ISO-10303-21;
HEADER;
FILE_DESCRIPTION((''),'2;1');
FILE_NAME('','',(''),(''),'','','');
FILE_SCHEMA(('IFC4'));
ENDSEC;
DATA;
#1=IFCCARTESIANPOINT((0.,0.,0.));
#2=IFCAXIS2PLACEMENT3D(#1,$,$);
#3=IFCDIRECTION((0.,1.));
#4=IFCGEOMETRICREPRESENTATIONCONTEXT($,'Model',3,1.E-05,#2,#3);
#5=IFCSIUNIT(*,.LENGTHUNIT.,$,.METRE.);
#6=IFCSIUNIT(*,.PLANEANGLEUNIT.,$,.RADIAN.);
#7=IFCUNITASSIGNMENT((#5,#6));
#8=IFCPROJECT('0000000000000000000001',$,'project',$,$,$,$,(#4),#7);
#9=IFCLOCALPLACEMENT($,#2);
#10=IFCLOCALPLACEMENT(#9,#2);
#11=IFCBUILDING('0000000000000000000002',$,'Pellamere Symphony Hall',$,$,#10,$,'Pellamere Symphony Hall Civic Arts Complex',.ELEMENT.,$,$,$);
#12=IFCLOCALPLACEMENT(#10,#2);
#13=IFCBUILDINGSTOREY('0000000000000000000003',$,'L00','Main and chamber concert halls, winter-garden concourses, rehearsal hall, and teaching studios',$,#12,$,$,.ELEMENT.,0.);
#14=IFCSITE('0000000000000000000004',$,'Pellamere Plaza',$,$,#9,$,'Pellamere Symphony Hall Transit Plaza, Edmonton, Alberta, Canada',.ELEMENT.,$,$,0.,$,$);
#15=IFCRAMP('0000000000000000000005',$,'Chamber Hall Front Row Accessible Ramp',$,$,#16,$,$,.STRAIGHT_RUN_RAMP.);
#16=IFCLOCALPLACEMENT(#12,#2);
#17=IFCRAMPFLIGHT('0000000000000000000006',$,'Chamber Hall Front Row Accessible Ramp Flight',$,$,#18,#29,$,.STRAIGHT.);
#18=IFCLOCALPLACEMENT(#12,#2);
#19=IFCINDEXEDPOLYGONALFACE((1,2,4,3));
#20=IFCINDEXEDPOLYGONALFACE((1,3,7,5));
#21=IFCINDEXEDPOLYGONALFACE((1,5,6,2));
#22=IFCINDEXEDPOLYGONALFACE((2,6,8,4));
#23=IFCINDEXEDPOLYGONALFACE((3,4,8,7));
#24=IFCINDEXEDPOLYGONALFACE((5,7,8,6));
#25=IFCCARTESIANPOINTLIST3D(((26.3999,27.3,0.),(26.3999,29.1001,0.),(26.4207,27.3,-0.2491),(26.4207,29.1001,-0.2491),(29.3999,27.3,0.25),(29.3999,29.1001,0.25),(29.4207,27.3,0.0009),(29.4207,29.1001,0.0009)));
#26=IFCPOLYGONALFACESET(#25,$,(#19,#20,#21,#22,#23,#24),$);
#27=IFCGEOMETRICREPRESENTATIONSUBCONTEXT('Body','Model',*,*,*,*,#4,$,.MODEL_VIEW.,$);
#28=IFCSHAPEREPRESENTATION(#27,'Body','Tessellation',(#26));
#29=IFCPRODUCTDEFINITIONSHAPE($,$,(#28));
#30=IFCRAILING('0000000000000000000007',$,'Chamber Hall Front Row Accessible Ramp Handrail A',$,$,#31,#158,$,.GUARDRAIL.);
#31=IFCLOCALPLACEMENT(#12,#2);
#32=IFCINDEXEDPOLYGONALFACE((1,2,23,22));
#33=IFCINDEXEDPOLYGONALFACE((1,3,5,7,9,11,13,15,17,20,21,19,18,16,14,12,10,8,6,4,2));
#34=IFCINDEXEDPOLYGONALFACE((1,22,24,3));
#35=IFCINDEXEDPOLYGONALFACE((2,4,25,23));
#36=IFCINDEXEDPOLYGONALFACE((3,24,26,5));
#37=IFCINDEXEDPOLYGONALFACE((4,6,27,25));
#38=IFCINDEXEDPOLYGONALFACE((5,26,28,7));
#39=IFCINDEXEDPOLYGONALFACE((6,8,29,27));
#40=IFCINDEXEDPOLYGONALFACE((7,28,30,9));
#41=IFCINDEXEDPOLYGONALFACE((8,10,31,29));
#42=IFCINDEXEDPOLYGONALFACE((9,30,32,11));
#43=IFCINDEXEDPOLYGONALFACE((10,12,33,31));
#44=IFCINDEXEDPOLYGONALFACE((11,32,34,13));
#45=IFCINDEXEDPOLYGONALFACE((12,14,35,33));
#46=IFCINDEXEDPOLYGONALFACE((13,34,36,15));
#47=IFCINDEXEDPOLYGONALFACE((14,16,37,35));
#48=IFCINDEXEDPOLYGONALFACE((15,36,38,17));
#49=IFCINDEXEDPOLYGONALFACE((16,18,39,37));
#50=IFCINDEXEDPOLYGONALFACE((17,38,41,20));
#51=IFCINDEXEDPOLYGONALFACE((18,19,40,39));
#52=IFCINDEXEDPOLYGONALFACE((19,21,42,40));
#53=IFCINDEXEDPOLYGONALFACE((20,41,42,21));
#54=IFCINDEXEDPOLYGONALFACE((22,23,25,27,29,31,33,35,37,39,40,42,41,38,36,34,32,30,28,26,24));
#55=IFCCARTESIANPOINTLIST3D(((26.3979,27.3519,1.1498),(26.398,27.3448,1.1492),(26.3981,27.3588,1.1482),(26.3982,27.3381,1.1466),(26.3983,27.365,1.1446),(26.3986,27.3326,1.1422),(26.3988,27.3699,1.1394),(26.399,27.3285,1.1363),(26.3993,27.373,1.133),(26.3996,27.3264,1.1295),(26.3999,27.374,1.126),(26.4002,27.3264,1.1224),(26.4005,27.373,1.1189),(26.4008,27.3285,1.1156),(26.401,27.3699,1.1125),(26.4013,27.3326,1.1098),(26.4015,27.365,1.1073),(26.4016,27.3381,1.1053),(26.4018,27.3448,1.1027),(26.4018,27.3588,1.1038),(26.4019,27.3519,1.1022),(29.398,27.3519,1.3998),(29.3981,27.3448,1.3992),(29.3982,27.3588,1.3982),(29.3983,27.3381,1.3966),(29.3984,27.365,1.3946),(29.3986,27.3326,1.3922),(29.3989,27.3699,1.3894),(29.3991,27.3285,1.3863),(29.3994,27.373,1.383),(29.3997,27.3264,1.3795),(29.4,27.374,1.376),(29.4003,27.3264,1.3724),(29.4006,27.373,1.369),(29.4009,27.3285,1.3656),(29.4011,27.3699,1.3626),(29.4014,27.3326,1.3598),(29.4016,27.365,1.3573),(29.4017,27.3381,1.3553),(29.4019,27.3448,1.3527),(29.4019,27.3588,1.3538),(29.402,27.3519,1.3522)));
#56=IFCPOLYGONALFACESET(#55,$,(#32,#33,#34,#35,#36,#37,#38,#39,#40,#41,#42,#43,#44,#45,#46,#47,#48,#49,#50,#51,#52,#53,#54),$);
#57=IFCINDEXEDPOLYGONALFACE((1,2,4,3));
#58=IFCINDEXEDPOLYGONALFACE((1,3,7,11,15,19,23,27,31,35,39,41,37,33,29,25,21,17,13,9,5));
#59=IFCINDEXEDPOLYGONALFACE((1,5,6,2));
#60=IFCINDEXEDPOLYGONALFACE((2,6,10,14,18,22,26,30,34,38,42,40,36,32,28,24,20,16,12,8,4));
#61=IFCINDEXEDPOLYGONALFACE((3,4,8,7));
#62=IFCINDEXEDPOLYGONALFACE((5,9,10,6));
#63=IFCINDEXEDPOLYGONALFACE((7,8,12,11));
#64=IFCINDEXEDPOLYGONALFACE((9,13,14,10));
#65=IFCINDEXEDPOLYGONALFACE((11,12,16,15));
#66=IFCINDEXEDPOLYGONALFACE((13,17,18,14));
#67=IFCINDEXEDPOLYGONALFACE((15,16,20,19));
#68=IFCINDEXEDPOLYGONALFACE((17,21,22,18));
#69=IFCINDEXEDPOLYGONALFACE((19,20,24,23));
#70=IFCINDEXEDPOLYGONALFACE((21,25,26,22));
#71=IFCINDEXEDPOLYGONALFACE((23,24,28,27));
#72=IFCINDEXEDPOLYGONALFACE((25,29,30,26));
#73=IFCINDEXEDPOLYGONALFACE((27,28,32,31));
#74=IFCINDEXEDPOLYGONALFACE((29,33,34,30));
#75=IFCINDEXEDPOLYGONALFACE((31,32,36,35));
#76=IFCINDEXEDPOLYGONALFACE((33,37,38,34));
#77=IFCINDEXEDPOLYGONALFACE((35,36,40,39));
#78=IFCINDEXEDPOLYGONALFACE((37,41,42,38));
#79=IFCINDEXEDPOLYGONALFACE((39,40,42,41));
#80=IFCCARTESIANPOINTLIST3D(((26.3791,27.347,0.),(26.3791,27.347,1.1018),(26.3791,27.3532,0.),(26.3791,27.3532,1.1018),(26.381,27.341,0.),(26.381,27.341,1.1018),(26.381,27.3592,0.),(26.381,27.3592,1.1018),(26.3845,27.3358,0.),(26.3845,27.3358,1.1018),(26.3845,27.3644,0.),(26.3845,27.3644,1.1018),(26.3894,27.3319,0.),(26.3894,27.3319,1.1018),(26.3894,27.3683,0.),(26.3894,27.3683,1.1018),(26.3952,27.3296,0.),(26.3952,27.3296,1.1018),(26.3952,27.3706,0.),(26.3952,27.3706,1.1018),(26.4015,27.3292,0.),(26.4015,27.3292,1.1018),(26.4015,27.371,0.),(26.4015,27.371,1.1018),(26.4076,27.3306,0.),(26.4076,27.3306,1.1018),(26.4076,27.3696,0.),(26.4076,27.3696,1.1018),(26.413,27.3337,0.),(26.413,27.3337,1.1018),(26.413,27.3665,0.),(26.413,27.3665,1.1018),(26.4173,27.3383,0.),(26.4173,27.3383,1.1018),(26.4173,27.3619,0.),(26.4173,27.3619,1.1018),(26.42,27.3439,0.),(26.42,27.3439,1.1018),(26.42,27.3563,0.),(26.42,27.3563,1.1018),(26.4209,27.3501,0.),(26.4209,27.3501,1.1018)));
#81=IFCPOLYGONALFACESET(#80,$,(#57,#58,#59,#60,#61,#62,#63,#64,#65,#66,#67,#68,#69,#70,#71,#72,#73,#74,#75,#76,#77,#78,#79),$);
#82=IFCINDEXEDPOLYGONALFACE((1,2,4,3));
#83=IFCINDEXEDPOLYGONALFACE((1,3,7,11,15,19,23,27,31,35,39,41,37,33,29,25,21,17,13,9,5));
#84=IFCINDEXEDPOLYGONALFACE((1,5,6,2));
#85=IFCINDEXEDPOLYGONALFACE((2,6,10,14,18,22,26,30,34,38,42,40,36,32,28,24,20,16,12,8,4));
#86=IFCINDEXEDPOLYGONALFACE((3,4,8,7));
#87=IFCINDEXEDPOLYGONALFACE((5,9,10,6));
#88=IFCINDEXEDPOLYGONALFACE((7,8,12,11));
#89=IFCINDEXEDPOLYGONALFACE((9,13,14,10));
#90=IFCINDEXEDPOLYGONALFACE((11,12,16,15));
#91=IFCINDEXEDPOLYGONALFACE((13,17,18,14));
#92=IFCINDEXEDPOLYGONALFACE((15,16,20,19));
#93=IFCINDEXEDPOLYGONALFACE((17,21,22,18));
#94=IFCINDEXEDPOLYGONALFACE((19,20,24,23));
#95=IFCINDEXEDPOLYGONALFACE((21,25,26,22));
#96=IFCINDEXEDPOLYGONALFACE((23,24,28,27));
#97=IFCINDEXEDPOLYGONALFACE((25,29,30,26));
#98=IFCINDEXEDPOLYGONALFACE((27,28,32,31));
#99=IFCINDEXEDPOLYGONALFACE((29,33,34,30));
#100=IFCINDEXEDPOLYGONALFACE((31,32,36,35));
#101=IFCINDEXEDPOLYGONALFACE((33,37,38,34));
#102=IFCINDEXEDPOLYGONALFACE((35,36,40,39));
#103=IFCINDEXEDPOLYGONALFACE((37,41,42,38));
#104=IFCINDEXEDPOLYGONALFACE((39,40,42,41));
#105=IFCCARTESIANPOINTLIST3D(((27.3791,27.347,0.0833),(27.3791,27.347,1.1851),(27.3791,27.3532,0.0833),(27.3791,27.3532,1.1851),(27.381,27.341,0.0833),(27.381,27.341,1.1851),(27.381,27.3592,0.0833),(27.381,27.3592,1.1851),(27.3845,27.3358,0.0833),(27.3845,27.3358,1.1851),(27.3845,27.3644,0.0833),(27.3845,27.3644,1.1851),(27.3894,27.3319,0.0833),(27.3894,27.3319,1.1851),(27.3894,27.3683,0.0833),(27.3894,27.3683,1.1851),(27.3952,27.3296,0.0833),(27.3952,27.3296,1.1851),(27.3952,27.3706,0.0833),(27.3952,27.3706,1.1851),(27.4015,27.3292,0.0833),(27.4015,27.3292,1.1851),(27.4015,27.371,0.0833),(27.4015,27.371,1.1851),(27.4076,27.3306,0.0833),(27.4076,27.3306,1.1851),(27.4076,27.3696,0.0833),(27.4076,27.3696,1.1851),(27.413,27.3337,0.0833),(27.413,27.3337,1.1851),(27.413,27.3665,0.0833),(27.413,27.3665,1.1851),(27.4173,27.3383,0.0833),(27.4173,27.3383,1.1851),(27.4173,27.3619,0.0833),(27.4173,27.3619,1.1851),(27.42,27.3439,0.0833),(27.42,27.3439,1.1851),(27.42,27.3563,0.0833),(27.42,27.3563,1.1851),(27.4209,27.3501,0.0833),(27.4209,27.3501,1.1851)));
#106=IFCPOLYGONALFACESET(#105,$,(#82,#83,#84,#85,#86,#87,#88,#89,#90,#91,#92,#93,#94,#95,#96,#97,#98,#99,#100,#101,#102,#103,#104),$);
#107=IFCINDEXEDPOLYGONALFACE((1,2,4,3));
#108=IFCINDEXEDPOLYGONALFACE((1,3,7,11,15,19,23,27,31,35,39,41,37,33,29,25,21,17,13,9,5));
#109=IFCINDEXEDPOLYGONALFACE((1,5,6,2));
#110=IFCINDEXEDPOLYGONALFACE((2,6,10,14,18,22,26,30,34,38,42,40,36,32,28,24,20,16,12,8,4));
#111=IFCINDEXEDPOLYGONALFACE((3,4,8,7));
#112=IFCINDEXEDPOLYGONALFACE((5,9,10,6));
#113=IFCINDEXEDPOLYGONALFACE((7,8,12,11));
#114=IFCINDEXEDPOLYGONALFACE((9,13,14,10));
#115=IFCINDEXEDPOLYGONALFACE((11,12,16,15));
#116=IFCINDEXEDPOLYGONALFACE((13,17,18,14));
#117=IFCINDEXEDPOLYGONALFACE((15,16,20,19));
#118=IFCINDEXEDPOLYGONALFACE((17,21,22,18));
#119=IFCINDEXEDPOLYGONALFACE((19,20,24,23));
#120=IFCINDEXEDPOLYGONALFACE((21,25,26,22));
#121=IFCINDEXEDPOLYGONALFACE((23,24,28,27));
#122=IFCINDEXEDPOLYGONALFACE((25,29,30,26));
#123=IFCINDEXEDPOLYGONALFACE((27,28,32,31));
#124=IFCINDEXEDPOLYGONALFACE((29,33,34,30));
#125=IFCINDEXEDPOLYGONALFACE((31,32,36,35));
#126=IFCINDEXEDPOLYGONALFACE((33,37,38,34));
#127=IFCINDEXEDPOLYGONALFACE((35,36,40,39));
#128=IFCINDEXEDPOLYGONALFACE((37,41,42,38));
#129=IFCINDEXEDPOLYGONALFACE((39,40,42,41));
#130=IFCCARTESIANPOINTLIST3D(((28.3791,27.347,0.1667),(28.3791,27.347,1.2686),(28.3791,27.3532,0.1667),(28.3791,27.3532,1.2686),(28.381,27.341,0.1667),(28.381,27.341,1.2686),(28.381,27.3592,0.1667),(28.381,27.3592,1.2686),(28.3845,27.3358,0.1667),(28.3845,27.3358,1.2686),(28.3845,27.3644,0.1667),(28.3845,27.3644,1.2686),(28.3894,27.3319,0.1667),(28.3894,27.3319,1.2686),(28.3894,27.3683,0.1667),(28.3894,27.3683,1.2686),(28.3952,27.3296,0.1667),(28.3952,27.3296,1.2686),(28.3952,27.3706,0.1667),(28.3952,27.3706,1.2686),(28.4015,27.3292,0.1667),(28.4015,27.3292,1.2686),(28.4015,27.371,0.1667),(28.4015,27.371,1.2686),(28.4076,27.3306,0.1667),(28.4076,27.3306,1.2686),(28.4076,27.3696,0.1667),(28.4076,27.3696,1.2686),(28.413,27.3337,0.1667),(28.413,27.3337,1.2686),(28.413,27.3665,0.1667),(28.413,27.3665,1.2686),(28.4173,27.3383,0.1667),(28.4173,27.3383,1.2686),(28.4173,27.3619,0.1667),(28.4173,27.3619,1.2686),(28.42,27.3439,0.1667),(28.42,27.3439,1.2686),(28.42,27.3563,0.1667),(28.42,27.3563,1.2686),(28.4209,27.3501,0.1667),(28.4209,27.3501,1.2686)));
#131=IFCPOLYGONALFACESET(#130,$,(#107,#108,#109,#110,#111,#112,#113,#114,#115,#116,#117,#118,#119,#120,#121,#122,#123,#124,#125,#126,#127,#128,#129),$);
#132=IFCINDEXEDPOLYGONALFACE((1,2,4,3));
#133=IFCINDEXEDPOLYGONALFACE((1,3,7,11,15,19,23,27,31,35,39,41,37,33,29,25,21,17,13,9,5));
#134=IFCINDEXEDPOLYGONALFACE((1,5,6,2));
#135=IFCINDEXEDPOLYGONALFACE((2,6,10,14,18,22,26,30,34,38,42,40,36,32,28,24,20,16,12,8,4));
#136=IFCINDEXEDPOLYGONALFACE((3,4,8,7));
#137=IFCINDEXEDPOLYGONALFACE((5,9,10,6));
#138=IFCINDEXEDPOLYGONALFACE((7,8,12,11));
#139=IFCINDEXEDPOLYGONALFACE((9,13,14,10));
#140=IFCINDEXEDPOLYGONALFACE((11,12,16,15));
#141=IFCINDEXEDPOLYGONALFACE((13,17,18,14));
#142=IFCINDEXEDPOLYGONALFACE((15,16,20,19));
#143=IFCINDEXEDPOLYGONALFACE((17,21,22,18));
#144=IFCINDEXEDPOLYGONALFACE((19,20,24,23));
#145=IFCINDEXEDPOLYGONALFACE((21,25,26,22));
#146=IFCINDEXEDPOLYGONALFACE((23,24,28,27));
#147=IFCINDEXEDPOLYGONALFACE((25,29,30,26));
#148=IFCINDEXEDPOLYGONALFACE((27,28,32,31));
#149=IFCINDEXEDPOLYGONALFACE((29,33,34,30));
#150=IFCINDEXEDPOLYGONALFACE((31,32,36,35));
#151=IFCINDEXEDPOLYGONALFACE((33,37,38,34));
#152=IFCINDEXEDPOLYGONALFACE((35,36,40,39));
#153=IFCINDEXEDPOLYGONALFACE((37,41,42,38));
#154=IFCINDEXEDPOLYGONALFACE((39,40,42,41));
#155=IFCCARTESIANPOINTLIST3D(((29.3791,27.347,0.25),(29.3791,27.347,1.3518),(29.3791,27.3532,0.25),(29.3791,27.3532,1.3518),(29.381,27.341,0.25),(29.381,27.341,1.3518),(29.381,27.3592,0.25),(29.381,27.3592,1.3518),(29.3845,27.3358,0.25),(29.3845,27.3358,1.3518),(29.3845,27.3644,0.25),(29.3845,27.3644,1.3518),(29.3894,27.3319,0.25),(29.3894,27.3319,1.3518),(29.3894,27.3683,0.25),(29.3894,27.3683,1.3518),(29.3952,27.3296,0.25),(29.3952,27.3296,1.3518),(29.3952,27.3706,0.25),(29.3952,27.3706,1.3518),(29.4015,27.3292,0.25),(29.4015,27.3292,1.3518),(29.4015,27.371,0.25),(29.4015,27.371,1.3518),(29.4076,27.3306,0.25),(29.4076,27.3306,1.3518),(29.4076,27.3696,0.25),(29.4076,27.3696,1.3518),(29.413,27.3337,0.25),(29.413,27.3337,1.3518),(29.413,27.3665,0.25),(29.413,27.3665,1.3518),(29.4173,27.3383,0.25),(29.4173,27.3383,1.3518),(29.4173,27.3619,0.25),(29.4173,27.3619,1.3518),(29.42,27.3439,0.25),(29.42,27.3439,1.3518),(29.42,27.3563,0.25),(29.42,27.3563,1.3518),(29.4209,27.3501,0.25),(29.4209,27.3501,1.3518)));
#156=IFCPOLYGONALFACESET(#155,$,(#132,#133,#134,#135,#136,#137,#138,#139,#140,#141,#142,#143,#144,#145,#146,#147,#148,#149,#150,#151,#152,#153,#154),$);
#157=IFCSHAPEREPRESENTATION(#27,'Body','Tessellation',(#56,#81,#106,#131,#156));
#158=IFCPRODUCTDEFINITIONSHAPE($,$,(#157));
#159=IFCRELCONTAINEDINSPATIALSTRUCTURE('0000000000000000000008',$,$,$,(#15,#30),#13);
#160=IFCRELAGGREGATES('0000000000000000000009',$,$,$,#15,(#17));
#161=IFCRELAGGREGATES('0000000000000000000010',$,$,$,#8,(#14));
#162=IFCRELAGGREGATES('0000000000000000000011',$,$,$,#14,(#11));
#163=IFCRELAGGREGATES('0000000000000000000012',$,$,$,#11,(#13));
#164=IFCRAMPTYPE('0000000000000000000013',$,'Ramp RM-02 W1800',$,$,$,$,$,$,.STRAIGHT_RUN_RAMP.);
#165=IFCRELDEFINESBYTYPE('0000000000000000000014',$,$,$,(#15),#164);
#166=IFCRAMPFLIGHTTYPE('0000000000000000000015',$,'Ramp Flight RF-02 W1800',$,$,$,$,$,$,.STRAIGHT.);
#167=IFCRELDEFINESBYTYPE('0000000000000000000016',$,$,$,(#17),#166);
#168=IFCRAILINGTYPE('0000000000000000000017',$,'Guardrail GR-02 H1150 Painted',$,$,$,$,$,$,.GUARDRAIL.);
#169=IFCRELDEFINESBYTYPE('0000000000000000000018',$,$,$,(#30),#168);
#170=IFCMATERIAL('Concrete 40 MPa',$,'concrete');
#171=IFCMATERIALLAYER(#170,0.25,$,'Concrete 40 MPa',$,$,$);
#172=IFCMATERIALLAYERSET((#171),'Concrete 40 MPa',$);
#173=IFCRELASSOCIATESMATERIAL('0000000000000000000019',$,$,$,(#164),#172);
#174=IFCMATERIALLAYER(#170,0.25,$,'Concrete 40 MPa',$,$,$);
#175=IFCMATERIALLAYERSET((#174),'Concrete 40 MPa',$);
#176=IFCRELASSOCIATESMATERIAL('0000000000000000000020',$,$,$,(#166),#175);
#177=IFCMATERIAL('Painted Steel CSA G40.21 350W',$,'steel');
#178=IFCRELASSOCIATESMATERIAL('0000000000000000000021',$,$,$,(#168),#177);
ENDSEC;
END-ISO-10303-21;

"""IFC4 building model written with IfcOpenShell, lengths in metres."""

from ifc_helpers import new_model, si_unit, direction, frame, origin, origin_2d, place, context, subcontext, project, spatial, polyline, circle, outline, extrude, material, layer, layer_set, type_object, element, aggregate, save


model = new_model("IFC4")

# Units and contexts
model_context = context("Model", 3, precision=1e-05, world=origin(), true_north=direction((0.0, 1.0)))
body_context = subcontext(model_context, "Body", "Model", "MODEL_VIEW")
ifc_project = project(units=[si_unit("LENGTHUNIT", "METRE"), si_unit("PLANEANGLEUNIT", "RADIAN")], contexts=[model_context])

# Site, building, storey
site_placement = place(None, origin())
site = spatial("IfcSite", under=ifc_project, at=site_placement, Name="Pellamere Plaza", LongName="Pellamere Symphony Hall Transit Plaza, Edmonton, Alberta, Canada", CompositionType="ELEMENT", RefElevation=0.0)
building_placement = place(site_placement, origin())
building = spatial("IfcBuilding", under=site, at=building_placement, Name="Pellamere Symphony Hall", LongName="Pellamere Symphony Hall Civic Arts Complex", CompositionType="ELEMENT")
storey_placement = place(building_placement, origin())
storey = spatial("IfcBuildingStorey", under=building, at=storey_placement, Name="L00", Description="Main and chamber concert halls, winter-garden concourses, rehearsal hall, and teaching studios", CompositionType="ELEMENT", Elevation=0.0)

# Shared definitions
ifc_material_1 = material(Name="Concrete 40 MPa", Category="concrete")

# Ramp, ramp flight
ifc_layer_1 = layer(ifc_material_1, 0.25, Name="Concrete 40 MPa")
ifc_layer_set_1 = layer_set([ifc_layer_1], Name="Concrete 40 MPa")
ramp_type = type_object("IfcRampType", Name="Ramp RM-02 W1800", PredefinedType="STRAIGHT_RUN_RAMP", material=ifc_layer_set_1)
ramp_placement = place(storey_placement, origin())
ramp = element("IfcRamp", 1, at=ramp_placement, inside=storey, type_object=ramp_type, Name="Chamber Hall Front Row Accessible Ramp", PredefinedType="STRAIGHT_RUN_RAMP")
ifc_layer_2 = layer(ifc_material_1, 0.25, Name="Concrete 40 MPa")
ifc_layer_set_2 = layer_set([ifc_layer_2], Name="Concrete 40 MPa")
ramp_flight_type = type_object("IfcRampFlightType", Name="Ramp Flight RF-02 W1800", PredefinedType="STRAIGHT", material=ifc_layer_set_2)
ramp_flight_placement = place(storey_placement, frame((26.3999, 27.3, 0.0), z_axis=(-0.083045, 0.0, 0.996546), x_axis=(0.996546, 0.0, 0.083045)))
ramp_flight = element("IfcRampFlight", 2, at=ramp_flight_placement, type_object=ramp_flight_type, Name="Chamber Hall Front Row Accessible Ramp Flight", PredefinedType="STRAIGHT", context=body_context, shape_type="SweptSolid", body=[
    extrude(outline(polyline([(0.0, 0.0), (3.0104, 0.0), (3.0104, 1.8), (0.0, 1.8), (0.0, 0.0)])), origin(), (0.0, 0.0, -1.0), 0.25),
])
aggregate(ramp, [ramp_flight])

# Railing
ifc_material_2 = material(Name="Painted Steel CSA G40.21 350W", Category="steel")
railing_type_1 = type_object("IfcRailingType", Name="Guardrail GR-02 H1150 Painted", PredefinedType="GUARDRAIL", material=ifc_material_2)
for number, where, name in (
    (3, (26.3999, 27.3501, 0.0), "Chamber Hall Front Row Accessible Ramp Handrail A"),
):
    element("IfcRailing", number, at=place(storey_placement, frame(where)), inside=storey, type_object=railing_type_1, Name=name, PredefinedType="GUARDRAIL", context=body_context, shape_type="SweptSolid", body=[
        extrude(circle(Radius=0.0239, at=origin_2d()), frame((0.0, 0.0, 1.126), z_axis=(0.996546, 0.0, 0.083045), x_axis=(0.0, 1.0, 0.0)), (0.0, 0.0, 1.0), 3.0105),
        extrude(circle(Radius=0.021, at=origin_2d()), origin(), (0.0, 0.0, 1.0), 1.1018),
        extrude(circle(Radius=0.021, at=origin_2d()), frame((1.0, 0.0, 0.0833)), (0.0, 0.0, 1.0), 1.1018),
        extrude(circle(Radius=0.021, at=origin_2d()), frame((2.0, 0.0, 0.1667)), (0.0, 0.0, 1.0), 1.1018),
        extrude(circle(Radius=0.021, at=origin_2d()), frame((3.0, 0.0, 0.25)), (0.0, 0.0, 1.0), 1.1018),
    ])

save(model, "model.ifc")
